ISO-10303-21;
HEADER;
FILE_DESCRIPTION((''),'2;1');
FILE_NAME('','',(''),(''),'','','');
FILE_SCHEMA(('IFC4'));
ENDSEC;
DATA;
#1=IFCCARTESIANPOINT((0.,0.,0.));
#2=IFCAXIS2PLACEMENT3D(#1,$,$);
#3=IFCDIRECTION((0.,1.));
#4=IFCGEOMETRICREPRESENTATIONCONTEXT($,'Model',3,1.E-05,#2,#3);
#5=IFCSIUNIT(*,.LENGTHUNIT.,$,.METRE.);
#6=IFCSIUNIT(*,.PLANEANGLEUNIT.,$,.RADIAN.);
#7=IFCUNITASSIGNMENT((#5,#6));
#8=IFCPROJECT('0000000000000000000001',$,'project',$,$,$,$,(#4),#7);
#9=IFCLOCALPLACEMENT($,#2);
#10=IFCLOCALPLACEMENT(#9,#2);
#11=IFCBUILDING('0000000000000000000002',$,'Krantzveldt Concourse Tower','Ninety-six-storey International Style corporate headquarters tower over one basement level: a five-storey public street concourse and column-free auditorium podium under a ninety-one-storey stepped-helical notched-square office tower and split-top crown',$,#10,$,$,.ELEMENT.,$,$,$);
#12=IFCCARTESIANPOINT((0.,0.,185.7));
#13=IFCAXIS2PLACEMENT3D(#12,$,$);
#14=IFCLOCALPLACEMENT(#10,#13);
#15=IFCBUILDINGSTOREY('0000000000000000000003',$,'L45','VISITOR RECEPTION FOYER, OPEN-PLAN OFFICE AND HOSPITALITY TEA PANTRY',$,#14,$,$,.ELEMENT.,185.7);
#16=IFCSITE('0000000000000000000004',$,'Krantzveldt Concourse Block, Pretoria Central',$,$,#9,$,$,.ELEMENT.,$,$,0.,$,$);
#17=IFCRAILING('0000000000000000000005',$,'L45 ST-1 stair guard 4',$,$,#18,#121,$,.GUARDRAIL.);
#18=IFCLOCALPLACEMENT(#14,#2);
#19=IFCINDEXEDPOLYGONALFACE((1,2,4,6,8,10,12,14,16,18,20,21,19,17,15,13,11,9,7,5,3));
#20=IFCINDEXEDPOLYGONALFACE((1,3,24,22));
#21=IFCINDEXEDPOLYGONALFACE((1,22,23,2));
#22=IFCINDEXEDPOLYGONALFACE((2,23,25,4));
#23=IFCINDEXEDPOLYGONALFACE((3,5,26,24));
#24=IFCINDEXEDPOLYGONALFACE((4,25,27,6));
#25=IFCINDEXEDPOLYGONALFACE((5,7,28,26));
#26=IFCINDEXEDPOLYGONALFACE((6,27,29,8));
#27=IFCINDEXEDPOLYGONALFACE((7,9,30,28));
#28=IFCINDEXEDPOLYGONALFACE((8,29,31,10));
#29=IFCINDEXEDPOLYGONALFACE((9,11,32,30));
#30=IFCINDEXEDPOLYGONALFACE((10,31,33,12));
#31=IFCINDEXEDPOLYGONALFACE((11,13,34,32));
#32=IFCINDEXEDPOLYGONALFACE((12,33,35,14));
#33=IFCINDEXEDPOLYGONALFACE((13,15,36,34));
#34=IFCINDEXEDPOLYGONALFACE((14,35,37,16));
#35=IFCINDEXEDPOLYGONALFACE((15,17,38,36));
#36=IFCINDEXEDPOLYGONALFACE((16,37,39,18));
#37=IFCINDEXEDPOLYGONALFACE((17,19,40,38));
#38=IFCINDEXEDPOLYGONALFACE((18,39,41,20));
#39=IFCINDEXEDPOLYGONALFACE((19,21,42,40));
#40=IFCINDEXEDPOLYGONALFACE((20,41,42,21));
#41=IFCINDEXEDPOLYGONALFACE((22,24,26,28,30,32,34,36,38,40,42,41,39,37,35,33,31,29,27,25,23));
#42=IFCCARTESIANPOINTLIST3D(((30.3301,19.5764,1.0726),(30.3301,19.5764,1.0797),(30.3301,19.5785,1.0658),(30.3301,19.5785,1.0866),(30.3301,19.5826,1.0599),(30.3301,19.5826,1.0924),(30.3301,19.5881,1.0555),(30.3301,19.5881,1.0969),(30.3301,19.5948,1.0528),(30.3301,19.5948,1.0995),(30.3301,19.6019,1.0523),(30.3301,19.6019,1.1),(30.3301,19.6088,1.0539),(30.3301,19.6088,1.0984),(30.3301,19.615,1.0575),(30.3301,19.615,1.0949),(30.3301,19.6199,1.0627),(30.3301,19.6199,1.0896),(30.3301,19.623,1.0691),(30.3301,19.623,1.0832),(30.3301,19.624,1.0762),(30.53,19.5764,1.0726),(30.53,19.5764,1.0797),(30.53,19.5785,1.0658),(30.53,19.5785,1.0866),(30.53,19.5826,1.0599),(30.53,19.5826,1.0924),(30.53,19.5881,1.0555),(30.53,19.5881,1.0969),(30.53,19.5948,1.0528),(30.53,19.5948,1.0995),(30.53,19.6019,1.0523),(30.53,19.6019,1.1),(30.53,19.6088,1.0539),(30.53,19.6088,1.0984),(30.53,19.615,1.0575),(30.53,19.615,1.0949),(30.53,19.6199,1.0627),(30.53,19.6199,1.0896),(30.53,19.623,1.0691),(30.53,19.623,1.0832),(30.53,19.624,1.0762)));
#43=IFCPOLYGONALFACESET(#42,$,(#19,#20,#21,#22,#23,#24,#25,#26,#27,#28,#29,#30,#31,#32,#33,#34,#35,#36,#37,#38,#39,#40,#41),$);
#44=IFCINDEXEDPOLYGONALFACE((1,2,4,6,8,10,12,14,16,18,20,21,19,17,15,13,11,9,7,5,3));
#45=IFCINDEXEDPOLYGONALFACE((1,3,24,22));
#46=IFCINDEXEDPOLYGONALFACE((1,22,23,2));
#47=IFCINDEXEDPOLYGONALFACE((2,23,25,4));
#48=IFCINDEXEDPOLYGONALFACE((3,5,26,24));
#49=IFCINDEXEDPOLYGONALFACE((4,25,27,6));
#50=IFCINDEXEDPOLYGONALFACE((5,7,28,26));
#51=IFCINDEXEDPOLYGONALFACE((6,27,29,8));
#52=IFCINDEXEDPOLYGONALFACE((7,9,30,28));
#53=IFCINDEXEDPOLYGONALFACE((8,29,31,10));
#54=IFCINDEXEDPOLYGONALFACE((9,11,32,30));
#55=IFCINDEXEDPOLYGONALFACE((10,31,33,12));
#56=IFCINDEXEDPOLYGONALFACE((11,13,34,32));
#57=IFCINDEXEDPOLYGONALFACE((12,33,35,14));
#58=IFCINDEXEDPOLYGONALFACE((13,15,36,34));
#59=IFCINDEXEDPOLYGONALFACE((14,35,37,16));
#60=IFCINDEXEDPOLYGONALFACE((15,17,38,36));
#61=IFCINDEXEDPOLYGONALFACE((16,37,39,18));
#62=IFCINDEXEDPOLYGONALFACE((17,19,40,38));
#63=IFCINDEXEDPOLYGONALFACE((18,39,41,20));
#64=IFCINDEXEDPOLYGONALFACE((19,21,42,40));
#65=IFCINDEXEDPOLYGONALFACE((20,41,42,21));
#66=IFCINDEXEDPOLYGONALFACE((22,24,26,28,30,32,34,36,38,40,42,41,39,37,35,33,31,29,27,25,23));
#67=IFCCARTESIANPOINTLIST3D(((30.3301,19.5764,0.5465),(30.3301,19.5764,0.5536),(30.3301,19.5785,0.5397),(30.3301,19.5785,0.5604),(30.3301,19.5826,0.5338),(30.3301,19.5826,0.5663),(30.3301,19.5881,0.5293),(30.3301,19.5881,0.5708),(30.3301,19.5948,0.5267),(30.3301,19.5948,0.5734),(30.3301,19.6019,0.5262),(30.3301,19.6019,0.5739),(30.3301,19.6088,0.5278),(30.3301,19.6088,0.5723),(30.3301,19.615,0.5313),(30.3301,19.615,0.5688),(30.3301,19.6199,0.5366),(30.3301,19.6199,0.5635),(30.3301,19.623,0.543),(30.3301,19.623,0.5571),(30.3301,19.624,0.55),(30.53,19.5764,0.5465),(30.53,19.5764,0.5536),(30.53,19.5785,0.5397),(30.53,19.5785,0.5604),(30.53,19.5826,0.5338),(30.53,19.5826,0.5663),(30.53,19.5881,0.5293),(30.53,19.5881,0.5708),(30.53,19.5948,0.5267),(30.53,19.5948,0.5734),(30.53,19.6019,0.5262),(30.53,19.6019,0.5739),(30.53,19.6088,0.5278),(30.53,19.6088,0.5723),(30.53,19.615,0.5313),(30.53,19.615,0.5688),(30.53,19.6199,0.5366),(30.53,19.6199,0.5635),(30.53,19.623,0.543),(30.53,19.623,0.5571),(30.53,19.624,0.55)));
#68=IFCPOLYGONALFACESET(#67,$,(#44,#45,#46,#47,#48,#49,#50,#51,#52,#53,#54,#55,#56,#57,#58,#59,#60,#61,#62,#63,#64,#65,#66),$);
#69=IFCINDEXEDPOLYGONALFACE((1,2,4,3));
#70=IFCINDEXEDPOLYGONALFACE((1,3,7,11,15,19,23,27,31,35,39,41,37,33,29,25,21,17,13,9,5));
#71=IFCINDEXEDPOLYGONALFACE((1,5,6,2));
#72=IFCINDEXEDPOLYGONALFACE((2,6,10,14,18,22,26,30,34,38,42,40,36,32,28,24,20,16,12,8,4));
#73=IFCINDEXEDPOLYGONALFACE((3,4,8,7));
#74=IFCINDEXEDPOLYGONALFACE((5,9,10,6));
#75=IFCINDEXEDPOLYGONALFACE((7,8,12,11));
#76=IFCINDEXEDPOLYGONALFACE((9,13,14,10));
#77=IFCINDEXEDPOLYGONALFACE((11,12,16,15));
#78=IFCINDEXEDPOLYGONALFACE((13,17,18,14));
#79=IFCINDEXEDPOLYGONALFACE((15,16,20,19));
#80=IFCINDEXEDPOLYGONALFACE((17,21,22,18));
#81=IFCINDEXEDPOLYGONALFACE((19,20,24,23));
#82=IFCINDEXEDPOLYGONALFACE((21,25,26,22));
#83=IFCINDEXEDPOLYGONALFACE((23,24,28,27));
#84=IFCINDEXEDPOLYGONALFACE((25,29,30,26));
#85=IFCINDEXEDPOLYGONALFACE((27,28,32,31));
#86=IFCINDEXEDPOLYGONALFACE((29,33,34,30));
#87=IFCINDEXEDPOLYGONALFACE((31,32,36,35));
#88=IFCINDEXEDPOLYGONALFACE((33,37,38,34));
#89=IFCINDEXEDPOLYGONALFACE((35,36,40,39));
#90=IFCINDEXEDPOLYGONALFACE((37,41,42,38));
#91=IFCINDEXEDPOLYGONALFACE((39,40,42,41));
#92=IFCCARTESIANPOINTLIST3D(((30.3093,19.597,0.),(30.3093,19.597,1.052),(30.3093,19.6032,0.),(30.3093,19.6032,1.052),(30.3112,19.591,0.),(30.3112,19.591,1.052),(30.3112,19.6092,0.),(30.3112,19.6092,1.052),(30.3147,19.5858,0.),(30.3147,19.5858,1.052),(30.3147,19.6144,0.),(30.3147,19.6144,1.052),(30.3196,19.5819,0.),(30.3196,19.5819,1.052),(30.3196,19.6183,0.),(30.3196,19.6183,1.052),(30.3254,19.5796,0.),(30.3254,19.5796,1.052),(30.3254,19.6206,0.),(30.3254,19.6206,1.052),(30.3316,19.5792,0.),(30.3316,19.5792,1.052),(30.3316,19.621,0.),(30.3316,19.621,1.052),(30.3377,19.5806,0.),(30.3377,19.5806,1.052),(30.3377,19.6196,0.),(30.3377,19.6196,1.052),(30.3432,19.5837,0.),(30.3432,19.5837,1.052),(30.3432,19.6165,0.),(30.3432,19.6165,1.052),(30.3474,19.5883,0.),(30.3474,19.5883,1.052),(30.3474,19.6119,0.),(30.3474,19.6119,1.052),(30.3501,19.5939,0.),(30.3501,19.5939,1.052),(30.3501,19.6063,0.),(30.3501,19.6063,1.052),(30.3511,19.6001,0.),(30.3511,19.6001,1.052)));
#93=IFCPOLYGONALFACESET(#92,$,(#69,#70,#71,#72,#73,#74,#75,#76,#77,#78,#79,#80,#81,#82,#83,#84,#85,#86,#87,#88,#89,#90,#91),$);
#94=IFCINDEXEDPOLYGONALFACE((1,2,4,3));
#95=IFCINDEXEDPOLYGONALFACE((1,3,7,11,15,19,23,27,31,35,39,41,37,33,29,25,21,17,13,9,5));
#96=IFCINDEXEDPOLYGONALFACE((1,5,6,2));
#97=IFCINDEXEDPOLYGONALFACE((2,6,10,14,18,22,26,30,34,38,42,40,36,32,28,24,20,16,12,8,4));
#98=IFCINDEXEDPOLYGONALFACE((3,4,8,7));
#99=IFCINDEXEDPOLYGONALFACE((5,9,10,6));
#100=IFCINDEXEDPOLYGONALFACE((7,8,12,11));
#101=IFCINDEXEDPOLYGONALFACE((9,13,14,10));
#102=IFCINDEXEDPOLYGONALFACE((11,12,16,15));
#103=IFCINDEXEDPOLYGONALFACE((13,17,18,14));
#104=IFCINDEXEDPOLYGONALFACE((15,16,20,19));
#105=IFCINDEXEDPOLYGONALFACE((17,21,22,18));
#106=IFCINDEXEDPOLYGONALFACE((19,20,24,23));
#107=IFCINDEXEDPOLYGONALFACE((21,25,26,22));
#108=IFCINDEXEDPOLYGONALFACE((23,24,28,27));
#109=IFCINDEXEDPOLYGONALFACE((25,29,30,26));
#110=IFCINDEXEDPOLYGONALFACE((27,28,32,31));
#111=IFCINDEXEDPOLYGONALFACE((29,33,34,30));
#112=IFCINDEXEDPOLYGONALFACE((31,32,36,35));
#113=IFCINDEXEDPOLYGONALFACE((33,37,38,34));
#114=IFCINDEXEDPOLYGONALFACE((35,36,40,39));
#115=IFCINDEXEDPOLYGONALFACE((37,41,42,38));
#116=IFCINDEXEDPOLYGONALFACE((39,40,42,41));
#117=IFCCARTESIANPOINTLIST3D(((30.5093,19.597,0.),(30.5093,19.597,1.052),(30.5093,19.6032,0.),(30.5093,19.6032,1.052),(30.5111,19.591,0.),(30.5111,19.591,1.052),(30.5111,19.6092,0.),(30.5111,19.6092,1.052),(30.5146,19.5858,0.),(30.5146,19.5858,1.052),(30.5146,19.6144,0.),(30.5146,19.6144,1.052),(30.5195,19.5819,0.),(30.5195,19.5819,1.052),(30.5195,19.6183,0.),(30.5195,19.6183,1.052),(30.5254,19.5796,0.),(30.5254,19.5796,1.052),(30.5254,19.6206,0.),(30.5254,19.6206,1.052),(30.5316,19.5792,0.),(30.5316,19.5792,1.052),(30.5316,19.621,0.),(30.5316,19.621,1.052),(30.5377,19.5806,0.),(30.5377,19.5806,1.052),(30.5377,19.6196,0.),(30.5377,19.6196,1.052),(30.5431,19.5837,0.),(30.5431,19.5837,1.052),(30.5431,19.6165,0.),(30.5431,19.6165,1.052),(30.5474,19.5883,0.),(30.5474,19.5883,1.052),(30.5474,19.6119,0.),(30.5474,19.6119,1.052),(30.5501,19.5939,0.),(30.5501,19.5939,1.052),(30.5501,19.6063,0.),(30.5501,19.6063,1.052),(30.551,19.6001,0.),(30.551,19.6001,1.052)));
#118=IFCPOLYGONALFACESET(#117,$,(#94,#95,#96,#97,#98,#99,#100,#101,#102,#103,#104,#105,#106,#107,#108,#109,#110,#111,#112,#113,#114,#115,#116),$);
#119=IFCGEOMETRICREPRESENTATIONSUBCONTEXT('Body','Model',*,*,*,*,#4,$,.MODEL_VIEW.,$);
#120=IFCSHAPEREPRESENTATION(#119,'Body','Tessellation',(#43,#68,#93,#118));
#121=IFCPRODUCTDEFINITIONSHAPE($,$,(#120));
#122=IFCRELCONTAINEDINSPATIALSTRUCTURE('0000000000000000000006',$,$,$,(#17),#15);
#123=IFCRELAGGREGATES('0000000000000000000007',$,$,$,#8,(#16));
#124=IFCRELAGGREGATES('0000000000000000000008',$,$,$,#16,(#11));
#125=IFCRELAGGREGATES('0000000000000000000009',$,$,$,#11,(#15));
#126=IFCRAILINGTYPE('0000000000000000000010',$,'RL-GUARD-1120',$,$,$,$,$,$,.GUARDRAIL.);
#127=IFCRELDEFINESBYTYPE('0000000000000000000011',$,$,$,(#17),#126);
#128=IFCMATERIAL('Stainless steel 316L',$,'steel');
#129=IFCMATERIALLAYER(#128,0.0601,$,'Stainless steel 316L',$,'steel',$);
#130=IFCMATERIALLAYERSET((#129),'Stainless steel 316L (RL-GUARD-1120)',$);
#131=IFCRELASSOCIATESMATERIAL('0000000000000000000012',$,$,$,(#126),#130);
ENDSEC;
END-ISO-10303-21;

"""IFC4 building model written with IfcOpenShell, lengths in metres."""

from ifc_helpers import new_model, si_unit, direction, frame, origin, origin_2d, place, context, subcontext, project, spatial, circle, extrude, material, layer, layer_set, type_object, element, save


model = new_model("IFC4")

# Units and contexts
model_context = context("Model", 3, precision=1e-05, world=origin(), true_north=direction((0.0, 1.0)))
body_context = subcontext(model_context, "Body", "Model", "MODEL_VIEW")
ifc_project = project(units=[si_unit("LENGTHUNIT", "METRE"), si_unit("PLANEANGLEUNIT", "RADIAN")], contexts=[model_context])

# Site, building, storey
site_placement = place(None, origin())
site = spatial("IfcSite", under=ifc_project, at=site_placement, Name="Krantzveldt Concourse Block, Pretoria Central", CompositionType="ELEMENT", RefElevation=0.0)
building_placement = place(site_placement, origin())
building = spatial("IfcBuilding", under=site, at=building_placement, Name="Krantzveldt Concourse Tower", Description="Ninety-six-storey International Style corporate headquarters tower over one basement level: a five-storey public street concourse and column-free auditorium podium under a ninety-one-storey stepped-helical notched-square office tower and split-top crown", CompositionType="ELEMENT")
storey_placement = place(building_placement, frame((0.0, 0.0, 185.7)))
storey = spatial("IfcBuildingStorey", under=building, at=storey_placement, Name="L45", Description="VISITOR RECEPTION FOYER, OPEN-PLAN OFFICE AND HOSPITALITY TEA PANTRY", CompositionType="ELEMENT", Elevation=185.7)

# Railing
ifc_material_1 = material(Name="Stainless steel 316L", Category="steel")
ifc_layer_1 = layer(ifc_material_1, 0.0601, Name="Stainless steel 316L", Category="steel")
ifc_layer_set_1 = layer_set([ifc_layer_1], Name="Stainless steel 316L (RL-GUARD-1120)")
railing_type_1 = type_object("IfcRailingType", Name="RL-GUARD-1120", PredefinedType="GUARDRAIL", material=ifc_layer_set_1)
railing_1_placement = place(storey_placement, frame((30.3301, 19.6001, 0.0)))
element("IfcRailing", 1, at=railing_1_placement, inside=storey, type_object=railing_type_1, Name="L45 ST-1 stair guard 4", PredefinedType="GUARDRAIL", context=body_context, shape_type="SweptSolid", body=[
    extrude(circle(Radius=0.0239, at=origin_2d()), frame((0.0, 0.0, 1.0762), z_axis=(1.0, 0.0, 0.0), x_axis=(0.0, 1.0, 0.0)), (0.0, 0.0, 1.0), 0.2),
    extrude(circle(Radius=0.0239, at=origin_2d()), frame((0.0, 0.0, 0.55), z_axis=(1.0, 0.0, 0.0), x_axis=(0.0, 1.0, 0.0)), (0.0, 0.0, 1.0), 0.2),
    extrude(circle(Radius=0.021, at=origin_2d()), origin(), (0.0, 0.0, 1.0), 1.052),
    extrude(circle(Radius=0.021, at=origin_2d()), frame((0.2, 0.0, 0.0)), (0.0, 0.0, 1.0), 1.052),
])

save(model, "model.ifc")
